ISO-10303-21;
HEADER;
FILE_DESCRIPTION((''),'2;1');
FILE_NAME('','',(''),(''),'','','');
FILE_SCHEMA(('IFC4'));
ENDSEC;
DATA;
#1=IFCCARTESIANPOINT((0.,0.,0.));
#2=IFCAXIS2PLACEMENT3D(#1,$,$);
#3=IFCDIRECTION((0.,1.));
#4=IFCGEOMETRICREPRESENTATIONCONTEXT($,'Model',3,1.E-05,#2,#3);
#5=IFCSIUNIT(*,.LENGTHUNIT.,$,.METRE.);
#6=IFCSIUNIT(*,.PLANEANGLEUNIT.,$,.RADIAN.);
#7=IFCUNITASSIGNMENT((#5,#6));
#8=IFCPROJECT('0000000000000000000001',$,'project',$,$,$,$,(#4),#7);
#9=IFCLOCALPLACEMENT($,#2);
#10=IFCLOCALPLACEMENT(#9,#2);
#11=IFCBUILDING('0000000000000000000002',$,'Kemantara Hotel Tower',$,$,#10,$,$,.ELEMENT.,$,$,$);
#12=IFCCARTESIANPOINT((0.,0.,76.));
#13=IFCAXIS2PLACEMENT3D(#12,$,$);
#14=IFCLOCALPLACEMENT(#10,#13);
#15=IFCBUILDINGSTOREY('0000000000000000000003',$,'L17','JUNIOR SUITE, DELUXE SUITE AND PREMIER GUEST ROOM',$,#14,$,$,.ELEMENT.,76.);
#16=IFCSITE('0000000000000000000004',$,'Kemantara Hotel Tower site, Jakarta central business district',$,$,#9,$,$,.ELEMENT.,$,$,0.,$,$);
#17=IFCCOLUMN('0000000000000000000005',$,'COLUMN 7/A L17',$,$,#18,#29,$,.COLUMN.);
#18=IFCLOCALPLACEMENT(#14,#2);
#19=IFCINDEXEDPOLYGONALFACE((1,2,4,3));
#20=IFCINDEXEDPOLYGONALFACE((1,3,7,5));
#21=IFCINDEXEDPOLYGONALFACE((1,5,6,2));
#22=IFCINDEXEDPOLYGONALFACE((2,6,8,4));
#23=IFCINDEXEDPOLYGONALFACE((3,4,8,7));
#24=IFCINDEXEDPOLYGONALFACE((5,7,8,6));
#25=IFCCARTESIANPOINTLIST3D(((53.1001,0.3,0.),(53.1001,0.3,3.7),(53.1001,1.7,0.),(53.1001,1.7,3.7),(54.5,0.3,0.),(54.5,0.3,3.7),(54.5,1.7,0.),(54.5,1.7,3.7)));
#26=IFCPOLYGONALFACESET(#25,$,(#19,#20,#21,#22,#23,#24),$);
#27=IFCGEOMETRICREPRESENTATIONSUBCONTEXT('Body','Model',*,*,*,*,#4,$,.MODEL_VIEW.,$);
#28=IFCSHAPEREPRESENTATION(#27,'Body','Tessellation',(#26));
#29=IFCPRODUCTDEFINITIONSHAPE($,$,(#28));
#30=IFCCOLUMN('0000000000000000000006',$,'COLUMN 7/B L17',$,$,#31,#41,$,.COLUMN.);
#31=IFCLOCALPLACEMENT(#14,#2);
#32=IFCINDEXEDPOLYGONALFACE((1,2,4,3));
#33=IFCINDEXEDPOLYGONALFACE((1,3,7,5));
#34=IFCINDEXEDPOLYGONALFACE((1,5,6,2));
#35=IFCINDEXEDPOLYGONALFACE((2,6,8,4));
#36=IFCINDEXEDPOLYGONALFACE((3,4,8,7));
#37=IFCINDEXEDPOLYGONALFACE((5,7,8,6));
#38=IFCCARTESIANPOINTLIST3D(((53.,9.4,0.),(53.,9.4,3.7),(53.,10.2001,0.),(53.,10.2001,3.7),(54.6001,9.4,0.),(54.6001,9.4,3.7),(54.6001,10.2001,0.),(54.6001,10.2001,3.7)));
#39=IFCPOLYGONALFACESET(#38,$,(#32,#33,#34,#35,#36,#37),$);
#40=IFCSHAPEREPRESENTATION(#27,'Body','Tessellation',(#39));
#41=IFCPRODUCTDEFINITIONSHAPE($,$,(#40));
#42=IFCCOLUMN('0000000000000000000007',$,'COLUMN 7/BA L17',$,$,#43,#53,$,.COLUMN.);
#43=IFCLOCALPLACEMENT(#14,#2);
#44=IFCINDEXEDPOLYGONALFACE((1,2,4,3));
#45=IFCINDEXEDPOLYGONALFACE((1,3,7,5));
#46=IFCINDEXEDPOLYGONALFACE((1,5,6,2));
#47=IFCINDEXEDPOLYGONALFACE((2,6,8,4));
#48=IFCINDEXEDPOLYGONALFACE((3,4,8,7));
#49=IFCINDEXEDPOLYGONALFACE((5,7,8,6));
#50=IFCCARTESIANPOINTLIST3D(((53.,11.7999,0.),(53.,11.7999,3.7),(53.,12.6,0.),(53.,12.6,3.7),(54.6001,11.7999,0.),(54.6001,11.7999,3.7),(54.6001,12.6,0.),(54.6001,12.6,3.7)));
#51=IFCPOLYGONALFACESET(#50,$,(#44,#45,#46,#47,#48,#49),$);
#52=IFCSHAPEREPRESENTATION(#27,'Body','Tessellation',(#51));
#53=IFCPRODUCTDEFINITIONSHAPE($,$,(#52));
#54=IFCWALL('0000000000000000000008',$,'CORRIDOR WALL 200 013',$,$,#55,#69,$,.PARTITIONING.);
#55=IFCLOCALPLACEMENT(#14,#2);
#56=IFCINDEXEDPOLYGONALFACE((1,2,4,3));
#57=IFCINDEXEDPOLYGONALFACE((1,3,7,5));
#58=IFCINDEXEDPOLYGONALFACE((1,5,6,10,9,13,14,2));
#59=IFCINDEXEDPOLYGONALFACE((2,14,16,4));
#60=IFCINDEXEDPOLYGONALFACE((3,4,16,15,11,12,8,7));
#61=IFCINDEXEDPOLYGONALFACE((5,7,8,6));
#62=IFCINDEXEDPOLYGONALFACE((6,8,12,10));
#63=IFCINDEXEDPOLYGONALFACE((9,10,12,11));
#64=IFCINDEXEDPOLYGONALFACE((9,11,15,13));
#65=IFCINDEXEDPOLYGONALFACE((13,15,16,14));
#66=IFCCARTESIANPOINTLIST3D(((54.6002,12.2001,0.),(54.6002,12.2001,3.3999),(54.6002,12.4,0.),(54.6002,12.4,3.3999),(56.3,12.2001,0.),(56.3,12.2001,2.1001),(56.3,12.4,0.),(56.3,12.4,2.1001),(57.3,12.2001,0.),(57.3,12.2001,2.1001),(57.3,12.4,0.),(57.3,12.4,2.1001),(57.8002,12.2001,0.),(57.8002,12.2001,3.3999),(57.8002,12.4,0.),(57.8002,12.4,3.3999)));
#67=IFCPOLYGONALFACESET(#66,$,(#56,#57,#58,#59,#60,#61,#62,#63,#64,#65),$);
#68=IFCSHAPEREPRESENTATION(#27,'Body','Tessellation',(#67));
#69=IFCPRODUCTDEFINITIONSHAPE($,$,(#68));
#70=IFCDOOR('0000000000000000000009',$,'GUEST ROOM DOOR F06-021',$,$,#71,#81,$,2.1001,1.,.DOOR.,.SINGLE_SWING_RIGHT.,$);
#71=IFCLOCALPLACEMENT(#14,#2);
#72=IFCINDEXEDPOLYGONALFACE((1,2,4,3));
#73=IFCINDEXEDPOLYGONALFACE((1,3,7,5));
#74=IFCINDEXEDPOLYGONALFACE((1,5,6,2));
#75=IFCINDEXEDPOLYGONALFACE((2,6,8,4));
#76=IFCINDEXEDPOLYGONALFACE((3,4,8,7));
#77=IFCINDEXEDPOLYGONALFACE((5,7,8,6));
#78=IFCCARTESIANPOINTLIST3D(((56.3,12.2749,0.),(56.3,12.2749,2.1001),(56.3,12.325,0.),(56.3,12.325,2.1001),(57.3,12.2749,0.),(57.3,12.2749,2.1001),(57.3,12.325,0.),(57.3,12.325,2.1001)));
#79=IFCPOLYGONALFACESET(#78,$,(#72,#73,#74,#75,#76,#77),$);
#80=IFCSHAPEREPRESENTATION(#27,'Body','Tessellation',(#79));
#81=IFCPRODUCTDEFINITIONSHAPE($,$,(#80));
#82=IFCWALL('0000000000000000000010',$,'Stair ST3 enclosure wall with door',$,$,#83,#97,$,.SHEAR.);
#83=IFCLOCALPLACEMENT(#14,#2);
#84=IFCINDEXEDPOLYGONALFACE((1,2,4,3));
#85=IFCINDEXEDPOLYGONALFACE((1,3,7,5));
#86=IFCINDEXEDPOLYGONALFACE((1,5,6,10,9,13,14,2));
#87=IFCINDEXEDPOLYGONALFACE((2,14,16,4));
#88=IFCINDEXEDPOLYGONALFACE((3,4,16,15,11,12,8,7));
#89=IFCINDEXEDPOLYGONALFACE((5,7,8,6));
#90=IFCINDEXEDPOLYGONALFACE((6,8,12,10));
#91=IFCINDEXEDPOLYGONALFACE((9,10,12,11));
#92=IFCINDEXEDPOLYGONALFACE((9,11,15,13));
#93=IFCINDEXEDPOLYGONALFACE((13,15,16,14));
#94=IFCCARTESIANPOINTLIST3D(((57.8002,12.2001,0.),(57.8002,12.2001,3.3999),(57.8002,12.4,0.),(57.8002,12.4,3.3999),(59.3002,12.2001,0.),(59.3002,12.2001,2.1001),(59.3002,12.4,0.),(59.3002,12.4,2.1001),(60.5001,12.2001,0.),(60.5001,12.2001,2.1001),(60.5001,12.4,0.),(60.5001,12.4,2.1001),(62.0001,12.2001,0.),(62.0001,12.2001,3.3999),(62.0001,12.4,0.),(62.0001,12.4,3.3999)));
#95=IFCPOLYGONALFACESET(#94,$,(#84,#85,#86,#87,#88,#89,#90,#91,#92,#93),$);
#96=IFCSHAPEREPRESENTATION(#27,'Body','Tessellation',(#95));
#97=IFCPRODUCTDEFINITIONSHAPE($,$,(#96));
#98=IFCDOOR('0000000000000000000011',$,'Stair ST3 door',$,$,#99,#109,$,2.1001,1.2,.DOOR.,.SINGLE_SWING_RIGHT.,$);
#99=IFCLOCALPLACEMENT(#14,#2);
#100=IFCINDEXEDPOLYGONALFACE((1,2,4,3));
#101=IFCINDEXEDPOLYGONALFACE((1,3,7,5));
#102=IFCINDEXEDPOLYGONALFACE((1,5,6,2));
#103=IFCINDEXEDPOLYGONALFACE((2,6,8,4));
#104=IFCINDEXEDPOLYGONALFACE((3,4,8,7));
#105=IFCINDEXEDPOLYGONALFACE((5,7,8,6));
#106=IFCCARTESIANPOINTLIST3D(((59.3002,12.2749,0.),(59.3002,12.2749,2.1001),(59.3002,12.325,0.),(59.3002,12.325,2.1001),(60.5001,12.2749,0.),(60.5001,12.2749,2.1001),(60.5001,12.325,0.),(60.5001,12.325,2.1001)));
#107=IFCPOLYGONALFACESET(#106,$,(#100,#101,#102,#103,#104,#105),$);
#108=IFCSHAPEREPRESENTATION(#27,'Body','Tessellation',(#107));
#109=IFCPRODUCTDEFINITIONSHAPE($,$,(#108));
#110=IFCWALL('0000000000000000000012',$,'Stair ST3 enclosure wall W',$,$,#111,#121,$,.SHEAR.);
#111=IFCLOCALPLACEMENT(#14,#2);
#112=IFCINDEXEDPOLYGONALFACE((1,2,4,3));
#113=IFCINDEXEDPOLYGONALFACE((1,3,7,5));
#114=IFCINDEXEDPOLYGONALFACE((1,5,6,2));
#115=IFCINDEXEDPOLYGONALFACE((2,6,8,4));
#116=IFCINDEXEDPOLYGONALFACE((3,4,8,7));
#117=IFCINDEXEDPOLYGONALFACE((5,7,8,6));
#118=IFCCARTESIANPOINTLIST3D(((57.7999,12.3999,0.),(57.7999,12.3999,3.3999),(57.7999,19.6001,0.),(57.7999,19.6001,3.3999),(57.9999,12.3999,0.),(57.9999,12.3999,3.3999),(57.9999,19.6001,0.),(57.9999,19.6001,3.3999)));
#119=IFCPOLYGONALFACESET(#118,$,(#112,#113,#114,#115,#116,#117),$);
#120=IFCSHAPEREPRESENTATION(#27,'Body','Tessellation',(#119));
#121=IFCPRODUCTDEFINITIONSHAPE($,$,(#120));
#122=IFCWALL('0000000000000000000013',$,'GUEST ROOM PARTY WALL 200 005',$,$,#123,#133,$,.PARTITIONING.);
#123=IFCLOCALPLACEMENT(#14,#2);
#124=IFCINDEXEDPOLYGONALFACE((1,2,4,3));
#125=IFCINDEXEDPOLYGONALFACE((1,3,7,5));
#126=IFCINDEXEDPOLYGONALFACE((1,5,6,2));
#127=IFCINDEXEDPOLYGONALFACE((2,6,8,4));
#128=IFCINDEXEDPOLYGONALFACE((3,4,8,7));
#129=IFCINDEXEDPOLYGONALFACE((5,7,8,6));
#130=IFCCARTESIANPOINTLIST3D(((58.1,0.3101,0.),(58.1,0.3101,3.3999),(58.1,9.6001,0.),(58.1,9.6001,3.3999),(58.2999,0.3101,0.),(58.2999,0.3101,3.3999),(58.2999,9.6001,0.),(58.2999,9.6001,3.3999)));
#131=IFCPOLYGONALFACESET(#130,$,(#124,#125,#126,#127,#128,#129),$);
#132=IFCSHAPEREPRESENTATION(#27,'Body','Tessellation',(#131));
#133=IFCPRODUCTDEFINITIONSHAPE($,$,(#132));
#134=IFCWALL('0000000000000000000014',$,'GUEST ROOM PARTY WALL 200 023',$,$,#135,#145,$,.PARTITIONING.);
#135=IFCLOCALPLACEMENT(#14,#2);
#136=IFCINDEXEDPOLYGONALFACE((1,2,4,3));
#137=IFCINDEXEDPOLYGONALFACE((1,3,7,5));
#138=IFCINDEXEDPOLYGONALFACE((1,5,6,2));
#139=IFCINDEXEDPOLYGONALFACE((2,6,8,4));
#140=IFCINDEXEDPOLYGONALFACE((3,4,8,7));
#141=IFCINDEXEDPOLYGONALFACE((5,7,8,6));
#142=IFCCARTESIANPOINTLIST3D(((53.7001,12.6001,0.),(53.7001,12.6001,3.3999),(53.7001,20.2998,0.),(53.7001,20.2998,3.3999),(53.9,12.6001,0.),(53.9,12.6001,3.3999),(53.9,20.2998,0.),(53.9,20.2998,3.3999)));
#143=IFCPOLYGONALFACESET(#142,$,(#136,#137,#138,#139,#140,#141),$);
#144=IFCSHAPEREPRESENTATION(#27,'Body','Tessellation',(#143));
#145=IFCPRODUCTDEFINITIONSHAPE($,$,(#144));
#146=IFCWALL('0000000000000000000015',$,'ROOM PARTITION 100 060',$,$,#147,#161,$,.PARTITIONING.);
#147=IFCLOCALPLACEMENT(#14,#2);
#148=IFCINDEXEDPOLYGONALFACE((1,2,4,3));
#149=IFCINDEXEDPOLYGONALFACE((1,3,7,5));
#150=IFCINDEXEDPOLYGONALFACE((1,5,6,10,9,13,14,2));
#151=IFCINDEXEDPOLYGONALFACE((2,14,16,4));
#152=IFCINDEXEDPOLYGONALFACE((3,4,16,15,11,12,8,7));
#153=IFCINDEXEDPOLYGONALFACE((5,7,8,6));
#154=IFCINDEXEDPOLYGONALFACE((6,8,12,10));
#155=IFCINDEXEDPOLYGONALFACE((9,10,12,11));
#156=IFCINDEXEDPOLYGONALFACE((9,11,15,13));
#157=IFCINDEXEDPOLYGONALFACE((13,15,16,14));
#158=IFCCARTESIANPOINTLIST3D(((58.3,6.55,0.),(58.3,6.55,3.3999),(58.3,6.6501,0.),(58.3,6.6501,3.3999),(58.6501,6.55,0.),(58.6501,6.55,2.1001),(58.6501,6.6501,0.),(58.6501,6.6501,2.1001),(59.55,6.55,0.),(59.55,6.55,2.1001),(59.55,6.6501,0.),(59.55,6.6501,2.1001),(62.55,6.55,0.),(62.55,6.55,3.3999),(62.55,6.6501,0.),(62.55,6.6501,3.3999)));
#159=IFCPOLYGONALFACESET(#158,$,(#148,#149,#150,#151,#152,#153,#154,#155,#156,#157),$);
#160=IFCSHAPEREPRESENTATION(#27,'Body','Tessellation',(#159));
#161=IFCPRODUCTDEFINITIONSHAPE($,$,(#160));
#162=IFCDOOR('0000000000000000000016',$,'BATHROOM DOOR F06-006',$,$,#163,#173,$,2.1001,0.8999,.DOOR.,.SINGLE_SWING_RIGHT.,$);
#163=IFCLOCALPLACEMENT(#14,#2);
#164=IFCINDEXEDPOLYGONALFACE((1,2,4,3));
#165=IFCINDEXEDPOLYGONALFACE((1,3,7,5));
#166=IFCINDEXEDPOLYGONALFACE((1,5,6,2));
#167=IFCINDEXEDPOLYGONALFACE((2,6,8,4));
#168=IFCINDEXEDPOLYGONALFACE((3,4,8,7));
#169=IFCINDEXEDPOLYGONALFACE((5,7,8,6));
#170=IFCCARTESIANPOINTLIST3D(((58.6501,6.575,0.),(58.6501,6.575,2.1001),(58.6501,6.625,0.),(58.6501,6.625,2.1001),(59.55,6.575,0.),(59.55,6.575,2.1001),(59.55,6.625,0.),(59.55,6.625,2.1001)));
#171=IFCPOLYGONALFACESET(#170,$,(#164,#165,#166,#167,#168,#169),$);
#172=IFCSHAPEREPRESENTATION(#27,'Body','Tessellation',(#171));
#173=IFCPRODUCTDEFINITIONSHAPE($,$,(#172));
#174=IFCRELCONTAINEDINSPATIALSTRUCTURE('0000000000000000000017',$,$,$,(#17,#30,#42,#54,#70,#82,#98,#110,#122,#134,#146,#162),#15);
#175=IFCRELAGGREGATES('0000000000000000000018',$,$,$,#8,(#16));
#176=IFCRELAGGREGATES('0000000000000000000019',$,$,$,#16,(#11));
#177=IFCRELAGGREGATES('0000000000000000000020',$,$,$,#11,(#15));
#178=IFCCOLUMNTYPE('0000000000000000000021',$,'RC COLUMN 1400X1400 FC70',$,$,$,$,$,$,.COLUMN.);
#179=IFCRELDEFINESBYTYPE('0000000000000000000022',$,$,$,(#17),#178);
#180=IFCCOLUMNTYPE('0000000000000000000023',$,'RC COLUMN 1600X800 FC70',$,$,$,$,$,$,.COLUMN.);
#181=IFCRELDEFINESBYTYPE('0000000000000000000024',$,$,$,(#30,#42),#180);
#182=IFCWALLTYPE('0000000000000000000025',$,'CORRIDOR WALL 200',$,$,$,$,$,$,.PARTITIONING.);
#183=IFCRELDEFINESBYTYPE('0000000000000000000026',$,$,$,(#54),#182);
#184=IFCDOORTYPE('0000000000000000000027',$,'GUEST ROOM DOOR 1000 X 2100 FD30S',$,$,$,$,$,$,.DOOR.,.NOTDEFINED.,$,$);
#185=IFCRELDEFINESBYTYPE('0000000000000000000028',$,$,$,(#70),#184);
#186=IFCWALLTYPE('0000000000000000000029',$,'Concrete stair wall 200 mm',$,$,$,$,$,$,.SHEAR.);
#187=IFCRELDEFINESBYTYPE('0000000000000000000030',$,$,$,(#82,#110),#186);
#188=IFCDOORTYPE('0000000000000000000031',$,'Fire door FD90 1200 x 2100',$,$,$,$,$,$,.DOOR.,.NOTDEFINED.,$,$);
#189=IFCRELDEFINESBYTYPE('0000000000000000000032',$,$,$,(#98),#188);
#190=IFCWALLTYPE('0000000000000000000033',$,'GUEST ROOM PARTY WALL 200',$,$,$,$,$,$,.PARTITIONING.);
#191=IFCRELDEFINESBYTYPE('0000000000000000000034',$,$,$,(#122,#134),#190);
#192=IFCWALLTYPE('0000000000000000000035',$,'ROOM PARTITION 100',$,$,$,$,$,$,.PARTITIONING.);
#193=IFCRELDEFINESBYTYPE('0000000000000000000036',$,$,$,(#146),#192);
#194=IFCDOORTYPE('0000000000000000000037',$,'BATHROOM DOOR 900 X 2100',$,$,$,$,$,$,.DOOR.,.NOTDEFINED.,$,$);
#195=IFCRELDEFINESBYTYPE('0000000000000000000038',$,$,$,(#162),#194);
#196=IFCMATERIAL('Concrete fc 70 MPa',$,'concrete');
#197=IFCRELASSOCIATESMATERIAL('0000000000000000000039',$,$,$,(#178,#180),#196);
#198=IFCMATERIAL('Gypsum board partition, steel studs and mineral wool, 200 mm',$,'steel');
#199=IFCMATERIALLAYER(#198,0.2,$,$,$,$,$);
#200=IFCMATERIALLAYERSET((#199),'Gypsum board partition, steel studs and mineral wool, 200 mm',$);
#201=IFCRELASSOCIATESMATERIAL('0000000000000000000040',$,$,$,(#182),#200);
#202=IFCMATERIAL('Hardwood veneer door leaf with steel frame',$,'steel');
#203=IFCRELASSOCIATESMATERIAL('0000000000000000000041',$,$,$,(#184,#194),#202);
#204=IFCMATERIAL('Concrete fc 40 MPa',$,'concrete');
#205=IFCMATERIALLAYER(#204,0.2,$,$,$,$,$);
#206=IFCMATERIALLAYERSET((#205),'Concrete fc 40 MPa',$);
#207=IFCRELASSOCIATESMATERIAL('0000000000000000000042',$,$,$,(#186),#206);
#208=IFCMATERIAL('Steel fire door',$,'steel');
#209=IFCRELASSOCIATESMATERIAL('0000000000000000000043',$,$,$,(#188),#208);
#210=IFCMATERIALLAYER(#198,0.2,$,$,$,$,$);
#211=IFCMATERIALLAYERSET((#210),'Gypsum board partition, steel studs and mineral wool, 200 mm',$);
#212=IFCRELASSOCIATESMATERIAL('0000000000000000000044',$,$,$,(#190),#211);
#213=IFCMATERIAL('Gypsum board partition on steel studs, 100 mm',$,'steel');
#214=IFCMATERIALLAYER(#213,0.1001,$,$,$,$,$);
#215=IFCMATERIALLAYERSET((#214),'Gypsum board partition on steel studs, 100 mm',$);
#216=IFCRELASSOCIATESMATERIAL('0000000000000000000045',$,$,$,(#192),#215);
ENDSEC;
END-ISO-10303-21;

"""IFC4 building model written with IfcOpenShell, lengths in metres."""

from ifc_helpers import new_model, si_unit, direction, frame, frame_2d, origin, origin_2d, place, context, subcontext, project, spatial, rectangle, extrude, material, layer, layer_set, material_profile, profile_set, type_object, element, fill, save


model = new_model("IFC4")

# Units and contexts
model_context = context("Model", 3, precision=1e-05, world=origin(), true_north=direction((0.0, 1.0)))
body_context = subcontext(model_context, "Body", "Model", "MODEL_VIEW")
ifc_project = project(units=[si_unit("LENGTHUNIT", "METRE"), si_unit("PLANEANGLEUNIT", "RADIAN")], contexts=[model_context])

# Site, building, storey
site_placement = place(None, origin())
site = spatial("IfcSite", under=ifc_project, at=site_placement, Name="Kemantara Hotel Tower site, Jakarta central business district", CompositionType="ELEMENT", RefElevation=0.0)
building_placement = place(site_placement, origin())
building = spatial("IfcBuilding", under=site, at=building_placement, Name="Kemantara Hotel Tower", CompositionType="ELEMENT")
storey_placement = place(building_placement, frame((0.0, 0.0, 76.0)))
storey = spatial("IfcBuildingStorey", under=building, at=storey_placement, Name="L17", Description="JUNIOR SUITE, DELUXE SUITE AND PREMIER GUEST ROOM", CompositionType="ELEMENT", Elevation=76.0)

# Columns
ifc_material_1 = material(Name="Concrete fc 70 MPa", Category="concrete")
ifc_material_profile_1 = material_profile(ifc_material_1, rectangle(XDim=1.3999, YDim=1.3999, at=origin_2d()), Name="RC 1400X1400")
ifc_profile_set_1 = profile_set([ifc_material_profile_1], Name="Concrete fc 70 MPa")
column_type_1 = type_object("IfcColumnType", Name="RC COLUMN 1400X1400 FC70", PredefinedType="COLUMN", material=ifc_profile_set_1)
column_placement = place(storey_placement, frame((53.8, 1.0, 0.0), z_axis=(0.0, 0.0, 1.0), x_axis=(1.0, 0.0, 0.0)))
element("IfcColumn", 1, at=column_placement, inside=storey, type_object=column_type_1, Name="COLUMN 7/A L17", PredefinedType="COLUMN", context=body_context, shape_type="SweptSolid", body=[
    extrude(rectangle(XDim=1.3999, YDim=1.3999, at=origin_2d()), origin(), (0.0, 0.0, 1.0), 3.7),
])
ifc_material_profile_2 = material_profile(ifc_material_1, rectangle(XDim=1.6001, YDim=0.8, at=origin_2d()), Name="RC 1600X800")
ifc_profile_set_2 = profile_set([ifc_material_profile_2], Name="Concrete fc 70 MPa")
column_type_2 = type_object("IfcColumnType", Name="RC COLUMN 1600X800 FC70", PredefinedType="COLUMN", material=ifc_profile_set_2)
for number, where, z_axis, x_axis, name in (
    (2, (53.8, 9.8, 0.0), (0.0, 0.0, 1.0), (1.0, 0.0, 0.0), "COLUMN 7/B L17"),
    (3, (53.8, 12.2, 0.0), (0.0, 0.0, 1.0), (1.0, 0.0, 0.0), "COLUMN 7/BA L17"),
):
    element("IfcColumn", number, at=place(storey_placement, frame(where, z_axis=z_axis, x_axis=x_axis)), inside=storey, type_object=column_type_2, Name=name, PredefinedType="COLUMN", context=body_context, shape_type="SweptSolid", body=[
        extrude(rectangle(XDim=1.6001, YDim=0.8, at=origin_2d()), origin(), (0.0, 0.0, 1.0), 3.7),
    ])

# Walls, openings, doors
ifc_material_2 = material(Name="Gypsum board partition, steel studs and mineral wool, 200 mm", Category="steel")
ifc_layer_1 = layer(ifc_material_2, 0.2)
ifc_layer_set_1 = layer_set([ifc_layer_1], Name="Gypsum board partition, steel studs and mineral wool, 200 mm")
wall_type_1 = type_object("IfcWallType", Name="CORRIDOR WALL 200", PredefinedType="PARTITIONING", material=ifc_layer_set_1)
wall_1_placement = place(storey_placement, frame((54.6001, 12.3, 0.0), z_axis=(0.0, 0.0, 1.0), x_axis=(1.0, 0.0, 0.0)))
wall_1 = element("IfcWall", 4, at=wall_1_placement, inside=storey, type_object=wall_type_1, Name="CORRIDOR WALL 200 013", PredefinedType="PARTITIONING", context=body_context, shape_type="SweptSolid", body=[
    extrude(rectangle(XDim=3.2, YDim=0.2, at=frame_2d((1.6001, 0.0))), origin(), (0.0, 0.0, 1.0), 3.3999),
])
opening_1_placement = place(wall_1_placement, frame((1.7, 0.0, 0.0)))
opening_1 = element("IfcOpeningElement", 5, at=opening_1_placement, cuts=wall_1, PredefinedType="OPENING", context=body_context, shape_type="SweptSolid", body=[
    extrude(rectangle(XDim=1.0, YDim=2.1001, at=frame_2d((0.5, 1.05))), frame((0.0, 0.1099, 0.0), z_axis=(0.0, -1.0, 0.0), x_axis=(1.0, 0.0, 0.0)), (0.0, 0.0, 1.0), 0.22),
])
ifc_material_3 = material(Name="Hardwood veneer door leaf with steel frame", Category="steel")
door_type_1 = type_object("IfcDoorType", Name="GUEST ROOM DOOR 1000 X 2100 FD30S", OperationType="NOTDEFINED", PredefinedType="DOOR", material=ifc_material_3)
door_1_placement = place(opening_1_placement, origin())
door_1 = element("IfcDoor", 6, at=door_1_placement, inside=storey, type_object=door_type_1, Name="GUEST ROOM DOOR F06-021", OperationType="SINGLE_SWING_RIGHT", OverallHeight=2.1001, OverallWidth=1.0, PredefinedType="DOOR", context=body_context, shape_type="SweptSolid", body=[
    extrude(rectangle(XDim=1.0, YDim=2.1001, at=frame_2d((0.5, 1.05))), frame((0.0, 0.0249, 0.0), z_axis=(0.0, -1.0, 0.0), x_axis=(1.0, 0.0, 0.0)), (0.0, 0.0, 1.0), 0.05),
])
fill(opening_1, door_1)
ifc_material_4 = material(Name="Concrete fc 40 MPa", Category="concrete")
ifc_layer_2 = layer(ifc_material_4, 0.2)
ifc_layer_set_2 = layer_set([ifc_layer_2], Name="Concrete fc 40 MPa")
wall_type_2 = type_object("IfcWallType", Name="Concrete stair wall 200 mm", PredefinedType="SHEAR", material=ifc_layer_set_2)
wall_2_placement = place(storey_placement, frame((57.8, 12.3, 0.0), z_axis=(0.0, 0.0, 1.0), x_axis=(1.0, 0.0, 0.0)))
wall_2 = element("IfcWall", 7, at=wall_2_placement, inside=storey, type_object=wall_type_2, Name="Stair ST3 enclosure wall with door", PredefinedType="SHEAR", context=body_context, shape_type="SweptSolid", body=[
    extrude(rectangle(XDim=4.2, YDim=0.2, at=frame_2d((2.1001, 0.0))), origin(), (0.0, 0.0, 1.0), 3.3999),
])
opening_2_placement = place(wall_2_placement, frame((1.5, 0.0, 0.0)))
opening_2 = element("IfcOpeningElement", 8, at=opening_2_placement, cuts=wall_2, PredefinedType="OPENING", context=body_context, shape_type="SweptSolid", body=[
    extrude(rectangle(XDim=1.2, YDim=2.1001, at=frame_2d((0.6001, 1.05))), frame((0.0, 0.1099, 0.0), z_axis=(0.0, -1.0, 0.0), x_axis=(1.0, 0.0, 0.0)), (0.0, 0.0, 1.0), 0.22),
])
ifc_material_5 = material(Name="Steel fire door", Category="steel")
door_type_2 = type_object("IfcDoorType", Name="Fire door FD90 1200 x 2100", OperationType="NOTDEFINED", PredefinedType="DOOR", material=ifc_material_5)
door_2_placement = place(opening_2_placement, origin())
door_2 = element("IfcDoor", 9, at=door_2_placement, inside=storey, type_object=door_type_2, Name="Stair ST3 door", OperationType="SINGLE_SWING_RIGHT", OverallHeight=2.1001, OverallWidth=1.2, PredefinedType="DOOR", context=body_context, shape_type="SweptSolid", body=[
    extrude(rectangle(XDim=1.2, YDim=2.1001, at=frame_2d((0.6001, 1.05))), frame((0.0, 0.0249, 0.0), z_axis=(0.0, -1.0, 0.0), x_axis=(1.0, 0.0, 0.0)), (0.0, 0.0, 1.0), 0.05),
])
fill(opening_2, door_2)

# Walls
wall_3_placement = place(storey_placement, frame((57.8999, 12.3999, 0.0), z_axis=(0.0, 0.0, 1.0), x_axis=(0.0, 1.0, 0.0)))
element("IfcWall", 10, at=wall_3_placement, inside=storey, type_object=wall_type_2, Name="Stair ST3 enclosure wall W", PredefinedType="SHEAR", context=body_context, shape_type="SweptSolid", body=[
    extrude(rectangle(XDim=7.2002, YDim=0.2, at=frame_2d((3.6001, 0.0))), origin(), (0.0, 0.0, 1.0), 3.3999),
])
ifc_layer_3 = layer(ifc_material_2, 0.2)
ifc_layer_set_3 = layer_set([ifc_layer_3], Name="Gypsum board partition, steel studs and mineral wool, 200 mm")
wall_type_3 = type_object("IfcWallType", Name="GUEST ROOM PARTY WALL 200", PredefinedType="PARTITIONING", material=ifc_layer_set_3)
wall_4_placement = place(storey_placement, frame((58.2, 0.3101, 0.0), z_axis=(0.0, 0.0, 1.0), x_axis=(0.0, 1.0, 0.0)))
element("IfcWall", 11, at=wall_4_placement, inside=storey, type_object=wall_type_3, Name="GUEST ROOM PARTY WALL 200 005", PredefinedType="PARTITIONING", context=body_context, shape_type="SweptSolid", body=[
    extrude(rectangle(XDim=9.29, YDim=0.2, at=frame_2d((4.645, 0.0))), origin(), (0.0, 0.0, 1.0), 3.3999),
])
wall_5_placement = place(storey_placement, frame((53.8, 12.6001, 0.0), z_axis=(0.0, 0.0, 1.0), x_axis=(0.0, 1.0, 0.0)))
element("IfcWall", 12, at=wall_5_placement, inside=storey, type_object=wall_type_3, Name="GUEST ROOM PARTY WALL 200 023", PredefinedType="PARTITIONING", context=body_context, shape_type="SweptSolid", body=[
    extrude(rectangle(XDim=7.6997, YDim=0.2, at=frame_2d((3.8499, 0.0))), origin(), (0.0, 0.0, 1.0), 3.3999),
])

# Wall, opening, door
ifc_material_6 = material(Name="Gypsum board partition on steel studs, 100 mm", Category="steel")
ifc_layer_4 = layer(ifc_material_6, 0.1001)
ifc_layer_set_4 = layer_set([ifc_layer_4], Name="Gypsum board partition on steel studs, 100 mm")
wall_type_4 = type_object("IfcWallType", Name="ROOM PARTITION 100", PredefinedType="PARTITIONING", material=ifc_layer_set_4)
wall_6_placement = place(storey_placement, frame((58.3, 6.6001, 0.0), z_axis=(0.0, 0.0, 1.0), x_axis=(1.0, 0.0, 0.0)))
wall_6 = element("IfcWall", 13, at=wall_6_placement, inside=storey, type_object=wall_type_4, Name="ROOM PARTITION 100 060", PredefinedType="PARTITIONING", context=body_context, shape_type="SweptSolid", body=[
    extrude(rectangle(XDim=4.25, YDim=0.1001, at=frame_2d((2.125, 0.0))), origin(), (0.0, 0.0, 1.0), 3.3999),
])
opening_3_placement = place(wall_6_placement, frame((0.3501, 0.0, 0.0)))
opening_3 = element("IfcOpeningElement", 14, at=opening_3_placement, cuts=wall_6, PredefinedType="OPENING", context=body_context, shape_type="SweptSolid", body=[
    extrude(rectangle(XDim=0.8999, YDim=2.1001, at=frame_2d((0.45, 1.05))), frame((0.0, 0.0601, 0.0), z_axis=(0.0, -1.0, 0.0), x_axis=(1.0, 0.0, 0.0)), (0.0, 0.0, 1.0), 0.1201),
])
door_type_3 = type_object("IfcDoorType", Name="BATHROOM DOOR 900 X 2100", OperationType="NOTDEFINED", PredefinedType="DOOR", material=ifc_material_3)
door_3_placement = place(opening_3_placement, origin())
door_3 = element("IfcDoor", 15, at=door_3_placement, inside=storey, type_object=door_type_3, Name="BATHROOM DOOR F06-006", OperationType="SINGLE_SWING_RIGHT", OverallHeight=2.1001, OverallWidth=0.8999, PredefinedType="DOOR", context=body_context, shape_type="SweptSolid", body=[
    extrude(rectangle(XDim=0.8999, YDim=2.1001, at=frame_2d((0.45, 1.05))), frame((0.0, 0.0249, 0.0), z_axis=(0.0, -1.0, 0.0), x_axis=(1.0, 0.0, 0.0)), (0.0, 0.0, 1.0), 0.05),
])
fill(opening_3, door_3)

save(model, "model.ifc")
